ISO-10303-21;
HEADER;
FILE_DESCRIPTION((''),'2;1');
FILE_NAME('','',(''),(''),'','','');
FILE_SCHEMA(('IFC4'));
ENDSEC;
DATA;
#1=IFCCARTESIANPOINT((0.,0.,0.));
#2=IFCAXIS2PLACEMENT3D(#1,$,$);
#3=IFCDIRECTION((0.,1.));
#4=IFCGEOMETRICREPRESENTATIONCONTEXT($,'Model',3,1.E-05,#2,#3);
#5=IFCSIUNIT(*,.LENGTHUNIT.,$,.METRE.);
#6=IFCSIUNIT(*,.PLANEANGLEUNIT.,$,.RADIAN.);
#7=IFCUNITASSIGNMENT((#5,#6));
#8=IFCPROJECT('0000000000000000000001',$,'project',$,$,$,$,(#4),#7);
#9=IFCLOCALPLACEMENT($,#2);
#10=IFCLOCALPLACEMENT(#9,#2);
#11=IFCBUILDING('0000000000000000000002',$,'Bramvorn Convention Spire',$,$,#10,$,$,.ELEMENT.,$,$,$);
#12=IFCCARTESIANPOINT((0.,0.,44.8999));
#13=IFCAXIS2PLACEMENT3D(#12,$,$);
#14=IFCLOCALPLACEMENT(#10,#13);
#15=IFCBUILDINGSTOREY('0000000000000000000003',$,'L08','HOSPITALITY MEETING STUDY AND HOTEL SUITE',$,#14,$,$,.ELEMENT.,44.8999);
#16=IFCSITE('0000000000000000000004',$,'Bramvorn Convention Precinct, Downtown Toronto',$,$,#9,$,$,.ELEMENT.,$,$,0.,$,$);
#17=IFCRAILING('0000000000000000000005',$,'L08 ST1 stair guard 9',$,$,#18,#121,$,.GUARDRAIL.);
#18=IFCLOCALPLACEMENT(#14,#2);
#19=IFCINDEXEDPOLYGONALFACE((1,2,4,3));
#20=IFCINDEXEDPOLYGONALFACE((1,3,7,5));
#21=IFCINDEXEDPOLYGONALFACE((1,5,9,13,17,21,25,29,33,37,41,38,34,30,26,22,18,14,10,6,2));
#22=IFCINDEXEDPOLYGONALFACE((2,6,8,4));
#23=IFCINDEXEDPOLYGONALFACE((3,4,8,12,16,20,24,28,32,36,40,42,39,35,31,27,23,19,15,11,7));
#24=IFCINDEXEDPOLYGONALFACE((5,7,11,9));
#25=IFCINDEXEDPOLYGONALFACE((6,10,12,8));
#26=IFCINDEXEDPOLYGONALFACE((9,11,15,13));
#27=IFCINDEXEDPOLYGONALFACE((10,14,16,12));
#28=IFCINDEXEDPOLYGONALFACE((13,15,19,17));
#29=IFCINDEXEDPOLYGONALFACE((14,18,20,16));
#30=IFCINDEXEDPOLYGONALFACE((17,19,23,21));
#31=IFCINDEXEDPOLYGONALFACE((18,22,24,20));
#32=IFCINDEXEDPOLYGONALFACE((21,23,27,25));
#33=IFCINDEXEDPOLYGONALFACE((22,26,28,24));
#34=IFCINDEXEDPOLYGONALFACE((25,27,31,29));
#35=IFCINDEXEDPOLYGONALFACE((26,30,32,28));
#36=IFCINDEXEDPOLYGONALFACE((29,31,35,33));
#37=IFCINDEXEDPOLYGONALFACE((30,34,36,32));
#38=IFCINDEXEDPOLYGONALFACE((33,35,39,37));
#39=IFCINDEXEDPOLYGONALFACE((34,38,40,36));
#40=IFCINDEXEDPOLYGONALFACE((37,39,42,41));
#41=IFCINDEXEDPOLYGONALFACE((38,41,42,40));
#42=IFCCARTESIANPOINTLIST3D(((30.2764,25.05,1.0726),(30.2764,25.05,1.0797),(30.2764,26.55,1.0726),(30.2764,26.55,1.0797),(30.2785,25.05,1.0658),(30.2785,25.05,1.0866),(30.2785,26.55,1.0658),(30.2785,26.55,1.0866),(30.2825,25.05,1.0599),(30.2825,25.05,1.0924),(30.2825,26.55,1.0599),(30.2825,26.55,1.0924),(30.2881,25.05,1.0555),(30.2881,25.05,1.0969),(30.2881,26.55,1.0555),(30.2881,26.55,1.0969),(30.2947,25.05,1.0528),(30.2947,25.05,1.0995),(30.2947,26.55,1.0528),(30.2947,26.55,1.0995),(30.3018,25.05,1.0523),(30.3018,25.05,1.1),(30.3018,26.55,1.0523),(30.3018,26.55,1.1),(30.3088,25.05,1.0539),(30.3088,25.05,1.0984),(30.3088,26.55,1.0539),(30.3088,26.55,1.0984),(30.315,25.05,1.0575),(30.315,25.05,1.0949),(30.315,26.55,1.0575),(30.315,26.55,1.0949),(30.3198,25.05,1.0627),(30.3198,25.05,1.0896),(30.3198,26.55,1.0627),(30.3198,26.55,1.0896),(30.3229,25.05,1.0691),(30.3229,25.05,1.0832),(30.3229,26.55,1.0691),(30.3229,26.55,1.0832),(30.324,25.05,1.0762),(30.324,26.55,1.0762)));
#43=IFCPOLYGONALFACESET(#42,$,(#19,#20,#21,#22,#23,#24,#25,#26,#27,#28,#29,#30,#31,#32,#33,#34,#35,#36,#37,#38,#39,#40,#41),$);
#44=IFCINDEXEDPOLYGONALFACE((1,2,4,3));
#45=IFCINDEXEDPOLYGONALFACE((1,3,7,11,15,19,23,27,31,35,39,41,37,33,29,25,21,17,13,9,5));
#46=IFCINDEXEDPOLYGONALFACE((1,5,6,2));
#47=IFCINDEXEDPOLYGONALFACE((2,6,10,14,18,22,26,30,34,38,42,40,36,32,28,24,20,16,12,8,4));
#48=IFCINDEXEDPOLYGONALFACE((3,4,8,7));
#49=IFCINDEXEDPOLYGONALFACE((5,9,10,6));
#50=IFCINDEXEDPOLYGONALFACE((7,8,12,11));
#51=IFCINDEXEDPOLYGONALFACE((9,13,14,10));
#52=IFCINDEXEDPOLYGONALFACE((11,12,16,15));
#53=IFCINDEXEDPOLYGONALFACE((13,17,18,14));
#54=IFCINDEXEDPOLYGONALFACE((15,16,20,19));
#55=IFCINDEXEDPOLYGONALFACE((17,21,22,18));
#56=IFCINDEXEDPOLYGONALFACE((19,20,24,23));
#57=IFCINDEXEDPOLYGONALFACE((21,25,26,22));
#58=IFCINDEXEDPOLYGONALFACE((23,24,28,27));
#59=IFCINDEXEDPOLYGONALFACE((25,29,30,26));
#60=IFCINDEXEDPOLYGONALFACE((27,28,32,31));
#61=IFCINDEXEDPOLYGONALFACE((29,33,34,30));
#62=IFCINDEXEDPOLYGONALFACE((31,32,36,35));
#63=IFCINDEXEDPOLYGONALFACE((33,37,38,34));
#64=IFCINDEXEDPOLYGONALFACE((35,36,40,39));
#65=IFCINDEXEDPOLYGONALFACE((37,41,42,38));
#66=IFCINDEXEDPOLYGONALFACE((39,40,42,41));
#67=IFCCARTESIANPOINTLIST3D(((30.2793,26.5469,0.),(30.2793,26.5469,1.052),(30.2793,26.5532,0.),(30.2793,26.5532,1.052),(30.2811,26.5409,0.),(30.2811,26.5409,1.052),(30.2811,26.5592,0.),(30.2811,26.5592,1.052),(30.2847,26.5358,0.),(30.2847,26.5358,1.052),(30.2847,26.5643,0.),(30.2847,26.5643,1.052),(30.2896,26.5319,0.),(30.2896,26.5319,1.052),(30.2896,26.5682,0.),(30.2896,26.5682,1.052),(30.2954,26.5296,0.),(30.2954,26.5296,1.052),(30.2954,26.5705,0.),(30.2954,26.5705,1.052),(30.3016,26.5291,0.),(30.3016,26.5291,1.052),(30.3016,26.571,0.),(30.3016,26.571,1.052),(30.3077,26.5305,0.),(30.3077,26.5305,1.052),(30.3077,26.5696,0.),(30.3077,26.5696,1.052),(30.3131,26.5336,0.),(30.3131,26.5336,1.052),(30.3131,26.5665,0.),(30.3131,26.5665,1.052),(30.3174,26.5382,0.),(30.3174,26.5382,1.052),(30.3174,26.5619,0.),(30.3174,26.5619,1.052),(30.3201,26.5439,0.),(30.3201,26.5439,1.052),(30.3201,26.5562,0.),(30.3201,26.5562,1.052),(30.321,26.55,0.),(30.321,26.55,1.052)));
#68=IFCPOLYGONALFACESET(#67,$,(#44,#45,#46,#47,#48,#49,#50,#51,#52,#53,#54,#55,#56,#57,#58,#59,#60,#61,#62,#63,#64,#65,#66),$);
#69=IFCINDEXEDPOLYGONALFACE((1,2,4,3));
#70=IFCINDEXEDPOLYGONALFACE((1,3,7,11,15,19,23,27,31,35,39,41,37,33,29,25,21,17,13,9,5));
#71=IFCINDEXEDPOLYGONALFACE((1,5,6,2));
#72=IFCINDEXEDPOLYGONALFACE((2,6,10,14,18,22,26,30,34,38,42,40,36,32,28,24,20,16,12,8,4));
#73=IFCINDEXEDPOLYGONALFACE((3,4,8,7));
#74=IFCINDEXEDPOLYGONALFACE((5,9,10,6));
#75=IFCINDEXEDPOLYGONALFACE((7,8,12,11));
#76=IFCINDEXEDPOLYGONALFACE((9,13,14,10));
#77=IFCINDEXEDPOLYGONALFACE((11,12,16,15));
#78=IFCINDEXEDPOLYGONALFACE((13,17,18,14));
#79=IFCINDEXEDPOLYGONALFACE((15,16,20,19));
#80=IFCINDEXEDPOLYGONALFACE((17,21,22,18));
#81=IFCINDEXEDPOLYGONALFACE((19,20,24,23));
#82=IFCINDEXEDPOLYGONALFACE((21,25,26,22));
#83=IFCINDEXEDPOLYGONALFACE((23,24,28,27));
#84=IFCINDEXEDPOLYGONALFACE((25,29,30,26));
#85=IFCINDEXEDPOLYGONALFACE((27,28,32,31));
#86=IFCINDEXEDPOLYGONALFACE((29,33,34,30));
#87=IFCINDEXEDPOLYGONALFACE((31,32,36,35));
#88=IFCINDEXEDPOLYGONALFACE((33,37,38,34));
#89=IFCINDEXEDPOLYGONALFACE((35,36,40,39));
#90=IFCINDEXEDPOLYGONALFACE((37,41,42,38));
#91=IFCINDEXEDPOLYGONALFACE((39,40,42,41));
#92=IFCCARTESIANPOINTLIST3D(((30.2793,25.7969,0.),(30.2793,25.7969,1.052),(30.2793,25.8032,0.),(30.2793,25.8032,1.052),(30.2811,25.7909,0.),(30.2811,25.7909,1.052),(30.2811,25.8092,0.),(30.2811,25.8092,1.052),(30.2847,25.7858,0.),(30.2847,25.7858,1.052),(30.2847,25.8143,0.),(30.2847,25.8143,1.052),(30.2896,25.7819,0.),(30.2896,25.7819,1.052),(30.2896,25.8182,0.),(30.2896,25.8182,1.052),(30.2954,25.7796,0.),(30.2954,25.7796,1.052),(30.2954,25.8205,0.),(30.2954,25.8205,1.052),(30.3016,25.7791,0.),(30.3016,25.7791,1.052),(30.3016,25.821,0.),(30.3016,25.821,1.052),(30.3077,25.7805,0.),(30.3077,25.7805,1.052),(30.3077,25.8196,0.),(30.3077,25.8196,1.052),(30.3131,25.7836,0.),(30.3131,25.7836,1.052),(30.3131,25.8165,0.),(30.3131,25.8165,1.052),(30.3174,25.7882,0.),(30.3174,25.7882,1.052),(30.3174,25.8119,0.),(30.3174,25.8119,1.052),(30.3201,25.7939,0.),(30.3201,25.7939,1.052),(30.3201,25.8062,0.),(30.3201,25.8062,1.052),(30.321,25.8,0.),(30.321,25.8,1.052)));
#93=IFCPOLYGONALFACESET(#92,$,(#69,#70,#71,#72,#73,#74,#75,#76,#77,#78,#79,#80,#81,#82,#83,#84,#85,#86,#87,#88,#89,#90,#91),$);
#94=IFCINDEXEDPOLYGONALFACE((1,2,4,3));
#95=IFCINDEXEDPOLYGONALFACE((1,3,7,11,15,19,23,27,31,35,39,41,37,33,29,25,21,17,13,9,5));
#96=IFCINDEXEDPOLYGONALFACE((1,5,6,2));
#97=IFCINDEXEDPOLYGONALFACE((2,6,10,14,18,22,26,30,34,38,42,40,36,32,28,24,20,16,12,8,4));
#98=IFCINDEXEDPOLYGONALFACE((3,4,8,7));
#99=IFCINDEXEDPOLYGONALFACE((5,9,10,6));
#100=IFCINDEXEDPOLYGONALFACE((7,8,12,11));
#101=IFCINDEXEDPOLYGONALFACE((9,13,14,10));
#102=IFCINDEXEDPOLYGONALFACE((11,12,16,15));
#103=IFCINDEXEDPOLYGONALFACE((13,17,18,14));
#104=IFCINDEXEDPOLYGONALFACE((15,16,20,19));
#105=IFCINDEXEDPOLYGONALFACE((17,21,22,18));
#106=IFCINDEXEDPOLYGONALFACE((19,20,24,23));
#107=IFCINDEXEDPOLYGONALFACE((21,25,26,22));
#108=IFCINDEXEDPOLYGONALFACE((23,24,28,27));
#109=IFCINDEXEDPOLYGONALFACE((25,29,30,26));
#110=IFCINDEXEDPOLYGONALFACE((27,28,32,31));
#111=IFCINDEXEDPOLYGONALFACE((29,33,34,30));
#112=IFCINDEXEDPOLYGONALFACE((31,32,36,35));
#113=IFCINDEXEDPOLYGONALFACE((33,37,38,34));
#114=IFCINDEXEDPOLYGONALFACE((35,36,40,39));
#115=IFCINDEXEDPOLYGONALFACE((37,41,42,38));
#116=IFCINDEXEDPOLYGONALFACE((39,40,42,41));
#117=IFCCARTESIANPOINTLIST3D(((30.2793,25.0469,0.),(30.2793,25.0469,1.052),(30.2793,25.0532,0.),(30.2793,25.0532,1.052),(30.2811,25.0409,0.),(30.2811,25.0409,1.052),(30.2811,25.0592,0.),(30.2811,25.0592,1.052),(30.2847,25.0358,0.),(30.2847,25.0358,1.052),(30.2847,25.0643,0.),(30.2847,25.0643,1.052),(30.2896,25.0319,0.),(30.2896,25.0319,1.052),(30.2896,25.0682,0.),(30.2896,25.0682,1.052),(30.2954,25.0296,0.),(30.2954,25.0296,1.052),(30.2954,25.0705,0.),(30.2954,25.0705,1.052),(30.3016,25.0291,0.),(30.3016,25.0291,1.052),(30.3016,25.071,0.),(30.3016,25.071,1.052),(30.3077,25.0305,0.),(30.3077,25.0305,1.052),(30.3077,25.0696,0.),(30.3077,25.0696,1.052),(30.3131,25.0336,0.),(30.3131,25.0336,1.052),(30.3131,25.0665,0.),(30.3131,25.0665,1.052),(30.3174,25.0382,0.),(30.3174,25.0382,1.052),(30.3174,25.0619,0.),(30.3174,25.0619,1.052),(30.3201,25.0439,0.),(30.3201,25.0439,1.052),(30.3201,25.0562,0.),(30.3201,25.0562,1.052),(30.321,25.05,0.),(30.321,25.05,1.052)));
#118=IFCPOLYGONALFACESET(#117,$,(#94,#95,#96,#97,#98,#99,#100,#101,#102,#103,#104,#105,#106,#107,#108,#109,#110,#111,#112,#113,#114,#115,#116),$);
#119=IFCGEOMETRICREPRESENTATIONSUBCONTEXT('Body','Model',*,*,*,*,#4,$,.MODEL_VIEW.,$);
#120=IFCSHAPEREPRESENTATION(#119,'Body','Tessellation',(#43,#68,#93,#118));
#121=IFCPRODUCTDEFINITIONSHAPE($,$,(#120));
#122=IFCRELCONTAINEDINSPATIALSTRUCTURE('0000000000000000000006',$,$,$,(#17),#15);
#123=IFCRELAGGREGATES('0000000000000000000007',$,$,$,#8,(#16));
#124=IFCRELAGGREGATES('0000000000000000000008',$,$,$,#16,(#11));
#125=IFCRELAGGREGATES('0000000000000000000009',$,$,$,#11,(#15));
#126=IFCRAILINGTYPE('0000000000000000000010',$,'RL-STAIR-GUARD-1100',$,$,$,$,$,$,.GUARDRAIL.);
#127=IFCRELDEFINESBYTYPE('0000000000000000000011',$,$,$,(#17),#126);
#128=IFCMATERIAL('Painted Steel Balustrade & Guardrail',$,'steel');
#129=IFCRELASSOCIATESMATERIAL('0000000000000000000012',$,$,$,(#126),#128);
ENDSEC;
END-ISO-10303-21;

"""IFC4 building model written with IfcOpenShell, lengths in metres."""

from ifc_helpers import new_model, si_unit, direction, frame, origin, origin_2d, place, context, subcontext, project, spatial, circle, extrude, material, type_object, element, save


model = new_model("IFC4")

# Units and contexts
model_context = context("Model", 3, precision=1e-05, world=origin(), true_north=direction((0.0, 1.0)))
body_context = subcontext(model_context, "Body", "Model", "MODEL_VIEW")
ifc_project = project(units=[si_unit("LENGTHUNIT", "METRE"), si_unit("PLANEANGLEUNIT", "RADIAN")], contexts=[model_context])

# Site, building, storey
site_placement = place(None, origin())
site = spatial("IfcSite", under=ifc_project, at=site_placement, Name="Bramvorn Convention Precinct, Downtown Toronto", CompositionType="ELEMENT", RefElevation=0.0)
building_placement = place(site_placement, origin())
building = spatial("IfcBuilding", under=site, at=building_placement, Name="Bramvorn Convention Spire", CompositionType="ELEMENT")
storey_placement = place(building_placement, frame((0.0, 0.0, 44.8999)))
storey = spatial("IfcBuildingStorey", under=building, at=storey_placement, Name="L08", Description="HOSPITALITY MEETING STUDY AND HOTEL SUITE", CompositionType="ELEMENT", Elevation=44.8999)

# Railing
ifc_material_1 = material(Name="Painted Steel Balustrade & Guardrail", Category="steel")
railing_type_1 = type_object("IfcRailingType", Name="RL-STAIR-GUARD-1100", PredefinedType="GUARDRAIL", material=ifc_material_1)
for number, where, name in (
    (1, (30.3, 26.55, 0.0), "L08 ST1 stair guard 9"),
):
    element("IfcRailing", number, at=place(storey_placement, frame(where)), inside=storey, type_object=railing_type_1, Name=name, PredefinedType="GUARDRAIL", context=body_context, shape_type="SweptSolid", body=[
        extrude(circle(Radius=0.0239, at=origin_2d()), frame((0.0, 0.0, 1.0762), z_axis=(0.0, -1.0, 0.0), x_axis=(1.0, 0.0, 0.0)), (0.0, 0.0, 1.0), 1.5),
        extrude(circle(Radius=0.021, at=origin_2d()), origin(), (0.0, 0.0, 1.0), 1.052),
        extrude(circle(Radius=0.021, at=origin_2d()), frame((0.0, -0.75, 0.0)), (0.0, 0.0, 1.0), 1.052),
        extrude(circle(Radius=0.021, at=origin_2d()), frame((0.0, -1.5, 0.0)), (0.0, 0.0, 1.0), 1.052),
    ])

save(model, "model.ifc")
